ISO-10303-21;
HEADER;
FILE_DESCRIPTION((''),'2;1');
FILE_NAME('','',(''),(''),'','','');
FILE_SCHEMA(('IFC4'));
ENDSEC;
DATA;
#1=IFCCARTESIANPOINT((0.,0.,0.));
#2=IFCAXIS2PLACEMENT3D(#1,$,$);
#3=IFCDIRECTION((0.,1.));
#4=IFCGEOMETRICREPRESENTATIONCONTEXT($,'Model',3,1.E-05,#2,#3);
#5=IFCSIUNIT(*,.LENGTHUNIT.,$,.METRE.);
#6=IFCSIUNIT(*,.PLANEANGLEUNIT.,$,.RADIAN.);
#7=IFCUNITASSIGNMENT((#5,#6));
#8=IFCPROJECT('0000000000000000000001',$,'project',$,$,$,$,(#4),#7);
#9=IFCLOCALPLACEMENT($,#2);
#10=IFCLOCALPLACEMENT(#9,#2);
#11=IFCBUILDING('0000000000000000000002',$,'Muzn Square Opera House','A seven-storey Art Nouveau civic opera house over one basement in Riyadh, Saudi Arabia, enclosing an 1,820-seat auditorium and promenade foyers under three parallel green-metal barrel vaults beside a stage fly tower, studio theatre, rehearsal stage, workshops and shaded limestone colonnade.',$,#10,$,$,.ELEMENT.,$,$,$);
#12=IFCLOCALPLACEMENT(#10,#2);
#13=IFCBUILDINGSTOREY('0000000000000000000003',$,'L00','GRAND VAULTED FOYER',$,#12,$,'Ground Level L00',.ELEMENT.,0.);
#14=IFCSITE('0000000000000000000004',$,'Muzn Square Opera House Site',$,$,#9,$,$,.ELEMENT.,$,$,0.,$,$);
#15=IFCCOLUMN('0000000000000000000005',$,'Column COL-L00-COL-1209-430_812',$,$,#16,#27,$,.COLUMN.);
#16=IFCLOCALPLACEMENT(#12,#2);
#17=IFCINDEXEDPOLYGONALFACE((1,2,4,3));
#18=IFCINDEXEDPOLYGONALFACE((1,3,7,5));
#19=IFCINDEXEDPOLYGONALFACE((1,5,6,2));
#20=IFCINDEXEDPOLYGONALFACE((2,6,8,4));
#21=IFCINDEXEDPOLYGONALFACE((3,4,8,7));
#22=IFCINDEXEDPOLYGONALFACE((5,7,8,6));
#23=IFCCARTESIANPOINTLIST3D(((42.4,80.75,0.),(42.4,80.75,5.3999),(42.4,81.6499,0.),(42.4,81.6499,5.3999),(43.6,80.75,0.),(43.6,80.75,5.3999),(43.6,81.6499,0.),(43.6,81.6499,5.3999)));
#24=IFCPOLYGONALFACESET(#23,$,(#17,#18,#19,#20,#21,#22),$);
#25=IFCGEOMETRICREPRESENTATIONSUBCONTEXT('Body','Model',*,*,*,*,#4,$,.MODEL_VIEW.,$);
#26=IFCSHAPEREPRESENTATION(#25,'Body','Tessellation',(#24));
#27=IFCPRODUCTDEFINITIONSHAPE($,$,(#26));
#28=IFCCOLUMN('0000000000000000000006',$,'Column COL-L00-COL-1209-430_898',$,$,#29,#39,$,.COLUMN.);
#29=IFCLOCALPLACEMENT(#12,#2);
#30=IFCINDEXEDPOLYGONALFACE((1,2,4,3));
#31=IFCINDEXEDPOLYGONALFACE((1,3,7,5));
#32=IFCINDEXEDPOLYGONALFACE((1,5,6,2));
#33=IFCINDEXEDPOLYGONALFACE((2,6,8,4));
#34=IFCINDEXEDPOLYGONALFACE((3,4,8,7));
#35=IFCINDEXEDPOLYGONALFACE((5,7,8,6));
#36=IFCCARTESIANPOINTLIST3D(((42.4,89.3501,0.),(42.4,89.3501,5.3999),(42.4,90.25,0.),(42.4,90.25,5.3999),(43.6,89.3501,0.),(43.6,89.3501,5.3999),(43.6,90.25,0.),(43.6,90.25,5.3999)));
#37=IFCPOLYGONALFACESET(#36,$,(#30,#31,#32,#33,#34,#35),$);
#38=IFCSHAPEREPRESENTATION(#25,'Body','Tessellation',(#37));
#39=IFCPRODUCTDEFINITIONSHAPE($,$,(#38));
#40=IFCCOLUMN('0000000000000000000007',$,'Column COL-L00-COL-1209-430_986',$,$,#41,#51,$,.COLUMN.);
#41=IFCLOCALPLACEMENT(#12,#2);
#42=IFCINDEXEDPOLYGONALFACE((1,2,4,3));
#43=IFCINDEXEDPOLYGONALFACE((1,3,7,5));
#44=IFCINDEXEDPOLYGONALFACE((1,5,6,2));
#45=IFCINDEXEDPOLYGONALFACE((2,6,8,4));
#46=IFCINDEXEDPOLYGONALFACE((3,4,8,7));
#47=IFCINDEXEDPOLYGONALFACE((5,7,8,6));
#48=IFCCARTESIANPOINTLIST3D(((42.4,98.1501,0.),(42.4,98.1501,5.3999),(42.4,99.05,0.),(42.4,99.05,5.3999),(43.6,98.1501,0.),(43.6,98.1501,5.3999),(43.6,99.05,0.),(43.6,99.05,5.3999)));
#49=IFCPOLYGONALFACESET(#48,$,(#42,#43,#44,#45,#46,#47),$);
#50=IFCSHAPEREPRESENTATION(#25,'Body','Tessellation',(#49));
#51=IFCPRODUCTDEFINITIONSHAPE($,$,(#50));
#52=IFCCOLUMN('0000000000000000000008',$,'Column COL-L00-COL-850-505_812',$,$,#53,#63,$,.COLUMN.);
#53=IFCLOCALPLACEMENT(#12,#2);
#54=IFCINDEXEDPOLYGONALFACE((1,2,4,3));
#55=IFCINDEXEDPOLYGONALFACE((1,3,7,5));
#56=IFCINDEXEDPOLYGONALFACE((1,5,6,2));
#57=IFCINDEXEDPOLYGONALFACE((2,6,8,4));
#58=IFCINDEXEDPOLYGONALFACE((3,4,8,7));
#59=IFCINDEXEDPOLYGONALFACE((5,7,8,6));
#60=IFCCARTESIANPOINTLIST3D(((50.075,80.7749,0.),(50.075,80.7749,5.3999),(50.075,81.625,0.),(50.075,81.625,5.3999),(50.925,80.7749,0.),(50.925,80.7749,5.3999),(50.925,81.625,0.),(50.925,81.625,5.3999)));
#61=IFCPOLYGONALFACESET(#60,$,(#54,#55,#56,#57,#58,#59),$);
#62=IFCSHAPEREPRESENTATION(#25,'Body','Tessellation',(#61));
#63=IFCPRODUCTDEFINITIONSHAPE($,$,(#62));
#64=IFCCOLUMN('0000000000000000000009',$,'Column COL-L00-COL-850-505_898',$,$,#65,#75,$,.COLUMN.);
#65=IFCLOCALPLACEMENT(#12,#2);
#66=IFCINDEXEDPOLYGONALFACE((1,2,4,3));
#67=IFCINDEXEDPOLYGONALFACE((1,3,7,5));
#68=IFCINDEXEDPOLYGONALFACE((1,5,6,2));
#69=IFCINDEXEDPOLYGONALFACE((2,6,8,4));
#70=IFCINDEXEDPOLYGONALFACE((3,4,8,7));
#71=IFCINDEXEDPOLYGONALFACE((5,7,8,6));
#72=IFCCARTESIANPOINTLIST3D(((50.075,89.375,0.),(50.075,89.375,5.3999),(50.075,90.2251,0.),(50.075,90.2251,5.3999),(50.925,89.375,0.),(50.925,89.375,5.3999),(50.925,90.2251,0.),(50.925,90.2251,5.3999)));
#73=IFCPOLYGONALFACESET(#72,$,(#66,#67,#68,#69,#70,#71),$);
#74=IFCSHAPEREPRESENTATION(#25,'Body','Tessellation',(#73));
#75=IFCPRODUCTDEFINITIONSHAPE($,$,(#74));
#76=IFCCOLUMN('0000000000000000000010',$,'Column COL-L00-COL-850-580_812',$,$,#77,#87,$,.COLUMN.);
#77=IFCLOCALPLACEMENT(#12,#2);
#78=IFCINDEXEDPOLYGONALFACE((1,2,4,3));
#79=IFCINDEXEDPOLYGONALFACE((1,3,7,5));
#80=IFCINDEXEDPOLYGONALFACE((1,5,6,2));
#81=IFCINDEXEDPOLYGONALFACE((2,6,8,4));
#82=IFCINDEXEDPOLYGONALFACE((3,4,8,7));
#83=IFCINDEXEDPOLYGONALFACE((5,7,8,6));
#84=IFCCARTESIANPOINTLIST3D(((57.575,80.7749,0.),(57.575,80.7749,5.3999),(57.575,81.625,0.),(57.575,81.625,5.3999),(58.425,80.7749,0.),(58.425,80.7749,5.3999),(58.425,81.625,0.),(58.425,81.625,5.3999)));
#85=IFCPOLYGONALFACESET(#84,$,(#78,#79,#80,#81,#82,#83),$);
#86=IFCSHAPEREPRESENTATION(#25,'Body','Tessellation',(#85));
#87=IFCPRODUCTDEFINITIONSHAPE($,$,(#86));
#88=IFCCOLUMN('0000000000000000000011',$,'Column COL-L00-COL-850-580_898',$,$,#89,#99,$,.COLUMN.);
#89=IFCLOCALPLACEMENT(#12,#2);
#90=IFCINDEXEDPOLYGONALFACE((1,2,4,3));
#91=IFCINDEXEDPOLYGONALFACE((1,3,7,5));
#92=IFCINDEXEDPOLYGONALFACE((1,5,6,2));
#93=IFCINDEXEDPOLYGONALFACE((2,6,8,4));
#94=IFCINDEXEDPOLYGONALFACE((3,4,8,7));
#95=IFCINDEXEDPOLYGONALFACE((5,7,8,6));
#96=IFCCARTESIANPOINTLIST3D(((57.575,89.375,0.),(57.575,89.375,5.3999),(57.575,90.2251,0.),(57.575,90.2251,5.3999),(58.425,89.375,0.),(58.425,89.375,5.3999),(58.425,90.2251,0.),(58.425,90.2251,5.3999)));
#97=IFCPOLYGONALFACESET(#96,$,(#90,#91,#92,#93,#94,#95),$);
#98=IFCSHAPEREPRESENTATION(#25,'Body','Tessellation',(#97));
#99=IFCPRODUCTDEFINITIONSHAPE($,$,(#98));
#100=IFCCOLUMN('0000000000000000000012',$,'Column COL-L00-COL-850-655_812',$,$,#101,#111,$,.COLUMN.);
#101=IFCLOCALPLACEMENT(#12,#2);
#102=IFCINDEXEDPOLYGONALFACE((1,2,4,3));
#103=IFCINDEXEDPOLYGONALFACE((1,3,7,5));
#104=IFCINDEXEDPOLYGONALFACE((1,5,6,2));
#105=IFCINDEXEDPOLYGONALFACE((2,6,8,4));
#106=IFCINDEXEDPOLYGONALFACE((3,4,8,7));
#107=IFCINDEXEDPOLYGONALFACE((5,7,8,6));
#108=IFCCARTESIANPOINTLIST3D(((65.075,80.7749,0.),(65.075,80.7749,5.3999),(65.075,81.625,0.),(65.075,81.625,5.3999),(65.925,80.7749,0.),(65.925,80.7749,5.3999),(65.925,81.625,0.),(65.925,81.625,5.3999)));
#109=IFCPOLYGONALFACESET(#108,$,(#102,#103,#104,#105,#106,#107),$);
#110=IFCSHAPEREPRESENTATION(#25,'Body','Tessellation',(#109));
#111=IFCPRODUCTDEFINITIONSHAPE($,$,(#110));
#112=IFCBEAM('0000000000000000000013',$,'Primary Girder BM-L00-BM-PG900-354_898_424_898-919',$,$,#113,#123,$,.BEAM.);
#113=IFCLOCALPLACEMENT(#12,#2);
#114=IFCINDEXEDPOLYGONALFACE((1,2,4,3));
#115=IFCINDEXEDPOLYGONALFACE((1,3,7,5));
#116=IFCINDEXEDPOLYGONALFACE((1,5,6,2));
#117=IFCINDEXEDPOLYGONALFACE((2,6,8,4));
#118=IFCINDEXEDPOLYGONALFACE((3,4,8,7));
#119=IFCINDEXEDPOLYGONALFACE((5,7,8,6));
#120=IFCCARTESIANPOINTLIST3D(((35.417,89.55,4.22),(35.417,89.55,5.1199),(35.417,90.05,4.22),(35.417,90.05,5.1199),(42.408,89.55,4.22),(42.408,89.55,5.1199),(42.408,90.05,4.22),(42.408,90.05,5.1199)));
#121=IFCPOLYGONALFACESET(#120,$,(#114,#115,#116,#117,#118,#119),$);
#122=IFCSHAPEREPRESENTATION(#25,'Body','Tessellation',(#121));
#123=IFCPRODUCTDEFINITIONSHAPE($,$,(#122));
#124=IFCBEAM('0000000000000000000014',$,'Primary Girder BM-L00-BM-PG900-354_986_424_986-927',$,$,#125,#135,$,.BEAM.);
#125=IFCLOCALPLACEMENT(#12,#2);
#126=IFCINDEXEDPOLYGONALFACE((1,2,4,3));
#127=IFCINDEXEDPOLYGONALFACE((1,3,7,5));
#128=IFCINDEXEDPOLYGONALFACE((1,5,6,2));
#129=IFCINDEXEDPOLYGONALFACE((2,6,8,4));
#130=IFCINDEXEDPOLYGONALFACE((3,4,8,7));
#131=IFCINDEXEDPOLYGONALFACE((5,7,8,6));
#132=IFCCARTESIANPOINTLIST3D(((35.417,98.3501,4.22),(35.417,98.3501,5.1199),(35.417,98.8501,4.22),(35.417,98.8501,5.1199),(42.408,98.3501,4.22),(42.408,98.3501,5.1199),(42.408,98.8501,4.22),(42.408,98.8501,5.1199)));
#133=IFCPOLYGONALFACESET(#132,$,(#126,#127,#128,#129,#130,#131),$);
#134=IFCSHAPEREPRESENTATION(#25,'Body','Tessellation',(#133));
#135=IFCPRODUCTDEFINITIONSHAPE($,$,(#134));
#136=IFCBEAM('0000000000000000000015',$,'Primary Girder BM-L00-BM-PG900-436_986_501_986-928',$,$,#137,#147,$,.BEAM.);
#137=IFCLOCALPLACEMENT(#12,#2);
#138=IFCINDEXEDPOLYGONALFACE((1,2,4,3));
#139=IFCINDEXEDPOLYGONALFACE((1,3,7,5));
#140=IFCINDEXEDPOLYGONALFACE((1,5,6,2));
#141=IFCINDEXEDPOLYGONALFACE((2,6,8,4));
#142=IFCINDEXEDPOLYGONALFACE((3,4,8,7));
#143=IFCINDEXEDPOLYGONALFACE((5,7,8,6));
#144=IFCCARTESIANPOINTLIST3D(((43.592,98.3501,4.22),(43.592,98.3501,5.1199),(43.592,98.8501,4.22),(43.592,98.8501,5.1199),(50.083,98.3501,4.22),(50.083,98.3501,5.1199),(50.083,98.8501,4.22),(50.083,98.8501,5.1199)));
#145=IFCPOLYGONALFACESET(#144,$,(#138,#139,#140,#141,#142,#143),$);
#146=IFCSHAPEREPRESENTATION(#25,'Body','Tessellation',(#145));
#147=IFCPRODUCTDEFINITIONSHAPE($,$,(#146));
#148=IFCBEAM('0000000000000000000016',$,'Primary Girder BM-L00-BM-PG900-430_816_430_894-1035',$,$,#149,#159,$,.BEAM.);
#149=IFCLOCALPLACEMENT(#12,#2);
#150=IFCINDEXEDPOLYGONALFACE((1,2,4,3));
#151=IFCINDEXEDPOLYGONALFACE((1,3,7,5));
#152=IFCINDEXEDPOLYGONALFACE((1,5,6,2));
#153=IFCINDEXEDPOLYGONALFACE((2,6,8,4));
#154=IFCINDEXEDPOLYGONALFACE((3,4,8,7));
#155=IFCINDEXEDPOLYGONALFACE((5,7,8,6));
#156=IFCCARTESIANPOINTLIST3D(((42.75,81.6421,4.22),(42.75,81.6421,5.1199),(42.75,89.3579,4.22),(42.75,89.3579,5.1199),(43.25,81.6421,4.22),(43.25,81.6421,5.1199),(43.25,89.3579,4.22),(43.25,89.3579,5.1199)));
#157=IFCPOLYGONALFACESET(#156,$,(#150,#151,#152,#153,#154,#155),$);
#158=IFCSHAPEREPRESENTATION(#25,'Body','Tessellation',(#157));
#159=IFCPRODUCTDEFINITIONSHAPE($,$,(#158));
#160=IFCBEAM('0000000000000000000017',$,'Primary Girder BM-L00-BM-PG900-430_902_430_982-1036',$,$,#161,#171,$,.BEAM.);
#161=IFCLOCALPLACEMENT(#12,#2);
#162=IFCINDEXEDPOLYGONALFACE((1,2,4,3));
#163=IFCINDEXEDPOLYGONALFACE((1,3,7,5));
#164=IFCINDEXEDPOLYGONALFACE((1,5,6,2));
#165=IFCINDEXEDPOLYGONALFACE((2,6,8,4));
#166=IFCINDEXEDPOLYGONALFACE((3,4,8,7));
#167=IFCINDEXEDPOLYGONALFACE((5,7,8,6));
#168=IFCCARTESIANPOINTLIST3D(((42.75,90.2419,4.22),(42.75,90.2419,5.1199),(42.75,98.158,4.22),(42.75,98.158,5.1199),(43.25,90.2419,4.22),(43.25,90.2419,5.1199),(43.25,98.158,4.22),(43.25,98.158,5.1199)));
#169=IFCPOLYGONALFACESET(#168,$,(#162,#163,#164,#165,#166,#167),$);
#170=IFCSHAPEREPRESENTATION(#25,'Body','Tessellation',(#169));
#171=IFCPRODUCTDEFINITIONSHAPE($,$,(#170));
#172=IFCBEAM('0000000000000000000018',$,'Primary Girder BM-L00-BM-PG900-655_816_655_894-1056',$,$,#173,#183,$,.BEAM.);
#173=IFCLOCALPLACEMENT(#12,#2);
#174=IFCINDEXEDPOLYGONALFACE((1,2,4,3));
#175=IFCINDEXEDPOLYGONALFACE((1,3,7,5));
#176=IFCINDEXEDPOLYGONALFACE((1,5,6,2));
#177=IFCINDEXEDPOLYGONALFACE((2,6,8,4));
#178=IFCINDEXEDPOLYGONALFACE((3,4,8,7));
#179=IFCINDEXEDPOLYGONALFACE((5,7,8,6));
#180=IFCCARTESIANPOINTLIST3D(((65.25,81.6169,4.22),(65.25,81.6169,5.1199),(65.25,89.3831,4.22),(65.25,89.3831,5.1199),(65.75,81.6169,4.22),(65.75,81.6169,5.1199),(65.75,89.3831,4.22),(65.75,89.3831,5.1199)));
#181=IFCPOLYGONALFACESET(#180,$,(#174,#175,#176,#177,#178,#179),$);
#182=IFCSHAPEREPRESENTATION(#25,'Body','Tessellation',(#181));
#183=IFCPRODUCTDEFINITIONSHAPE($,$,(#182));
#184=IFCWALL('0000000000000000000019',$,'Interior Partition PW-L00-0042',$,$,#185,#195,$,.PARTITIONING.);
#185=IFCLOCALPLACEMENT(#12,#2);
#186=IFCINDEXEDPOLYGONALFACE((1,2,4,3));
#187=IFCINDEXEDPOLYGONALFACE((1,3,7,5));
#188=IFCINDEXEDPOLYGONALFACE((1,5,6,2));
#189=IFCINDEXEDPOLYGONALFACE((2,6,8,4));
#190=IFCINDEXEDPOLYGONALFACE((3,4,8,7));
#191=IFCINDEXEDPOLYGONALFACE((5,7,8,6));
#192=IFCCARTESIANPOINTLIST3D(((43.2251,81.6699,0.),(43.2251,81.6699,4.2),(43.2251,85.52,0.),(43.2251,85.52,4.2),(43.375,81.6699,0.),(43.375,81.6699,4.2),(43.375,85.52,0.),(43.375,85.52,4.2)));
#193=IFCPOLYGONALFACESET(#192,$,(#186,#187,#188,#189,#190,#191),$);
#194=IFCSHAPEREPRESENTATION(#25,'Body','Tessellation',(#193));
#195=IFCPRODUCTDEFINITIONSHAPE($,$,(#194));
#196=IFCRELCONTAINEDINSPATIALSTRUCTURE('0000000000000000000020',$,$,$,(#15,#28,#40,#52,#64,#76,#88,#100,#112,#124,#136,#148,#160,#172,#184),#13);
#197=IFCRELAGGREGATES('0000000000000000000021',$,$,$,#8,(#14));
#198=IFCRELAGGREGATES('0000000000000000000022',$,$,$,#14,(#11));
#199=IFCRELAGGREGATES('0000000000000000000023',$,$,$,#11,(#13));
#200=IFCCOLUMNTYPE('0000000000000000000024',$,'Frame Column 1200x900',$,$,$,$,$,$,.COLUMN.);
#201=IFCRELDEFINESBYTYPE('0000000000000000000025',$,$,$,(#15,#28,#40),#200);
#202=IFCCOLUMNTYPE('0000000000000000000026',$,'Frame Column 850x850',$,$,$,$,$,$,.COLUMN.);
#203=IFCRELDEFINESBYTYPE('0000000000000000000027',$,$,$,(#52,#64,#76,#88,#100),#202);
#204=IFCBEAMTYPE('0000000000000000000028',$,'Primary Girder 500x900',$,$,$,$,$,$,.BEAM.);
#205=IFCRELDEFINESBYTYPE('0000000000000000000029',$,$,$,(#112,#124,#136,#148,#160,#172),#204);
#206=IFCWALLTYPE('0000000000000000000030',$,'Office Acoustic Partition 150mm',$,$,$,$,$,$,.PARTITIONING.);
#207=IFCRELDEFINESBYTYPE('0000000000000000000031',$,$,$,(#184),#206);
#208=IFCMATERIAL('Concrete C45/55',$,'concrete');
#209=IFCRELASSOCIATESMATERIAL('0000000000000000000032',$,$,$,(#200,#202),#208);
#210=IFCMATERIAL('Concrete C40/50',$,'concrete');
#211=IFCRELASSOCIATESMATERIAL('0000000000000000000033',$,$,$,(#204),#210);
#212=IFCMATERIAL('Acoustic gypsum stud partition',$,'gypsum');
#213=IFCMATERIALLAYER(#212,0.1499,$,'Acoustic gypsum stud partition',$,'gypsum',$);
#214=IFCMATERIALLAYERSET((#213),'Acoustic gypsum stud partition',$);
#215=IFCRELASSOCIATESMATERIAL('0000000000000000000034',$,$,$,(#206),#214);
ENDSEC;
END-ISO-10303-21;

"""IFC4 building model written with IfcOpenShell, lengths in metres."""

from ifc_helpers import new_model, si_unit, direction, frame, frame_2d, origin, origin_2d, place, context, subcontext, project, spatial, rectangle, extrude, material, layer, layer_set, material_profile, profile_set, type_object, element, save


model = new_model("IFC4")

# Units and contexts
model_context = context("Model", 3, precision=1e-05, world=origin(), true_north=direction((0.0, 1.0)))
body_context = subcontext(model_context, "Body", "Model", "MODEL_VIEW")
ifc_project = project(units=[si_unit("LENGTHUNIT", "METRE"), si_unit("PLANEANGLEUNIT", "RADIAN")], contexts=[model_context])

# Site, building, storey
site_placement = place(None, origin())
site = spatial("IfcSite", under=ifc_project, at=site_placement, Name="Muzn Square Opera House Site", CompositionType="ELEMENT", RefElevation=0.0)
building_placement = place(site_placement, origin())
building = spatial("IfcBuilding", under=site, at=building_placement, Name="Muzn Square Opera House", Description="A seven-storey Art Nouveau civic opera house over one basement in Riyadh, Saudi Arabia, enclosing an 1,820-seat auditorium and promenade foyers under three parallel green-metal barrel vaults beside a stage fly tower, studio theatre, rehearsal stage, workshops and shaded limestone colonnade.", CompositionType="ELEMENT")
storey_placement = place(building_placement, origin())
storey = spatial("IfcBuildingStorey", under=building, at=storey_placement, Name="L00", Description="GRAND VAULTED FOYER", LongName="Ground Level L00", CompositionType="ELEMENT", Elevation=0.0)

# Columns
ifc_material_1 = material(Name="Concrete C45/55", Category="concrete")
ifc_material_profile_1 = material_profile(ifc_material_1, rectangle(XDim=1.2, YDim=0.8999, at=origin_2d()), Name="RC 1200x900", Category="concrete")
ifc_profile_set_1 = profile_set([ifc_material_profile_1], Name="Concrete C45/55")
column_type_1 = type_object("IfcColumnType", Name="Frame Column 1200x900", PredefinedType="COLUMN", material=ifc_profile_set_1)
for number, where, z_axis, x_axis, name in (
    (1, (43.0, 81.2, 0.0), (0.0, 0.0, 1.0), (1.0, 0.0, 0.0), "Column COL-L00-COL-1209-430_812"),
    (2, (43.0, 89.8, 0.0), (0.0, 0.0, 1.0), (1.0, 0.0, 0.0), "Column COL-L00-COL-1209-430_898"),
    (3, (43.0, 98.6001, 0.0), (0.0, 0.0, 1.0), (1.0, 0.0, 0.0), "Column COL-L00-COL-1209-430_986"),
):
    element("IfcColumn", number, at=place(storey_placement, frame(where, z_axis=z_axis, x_axis=x_axis)), inside=storey, type_object=column_type_1, Name=name, PredefinedType="COLUMN", context=body_context, shape_type="SweptSolid", body=[
        extrude(rectangle(XDim=1.2, YDim=0.8999, at=origin_2d()), origin(), (0.0, 0.0, 1.0), 5.3999),
    ])
ifc_material_profile_2 = material_profile(ifc_material_1, rectangle(XDim=0.8501, YDim=0.8501, at=origin_2d()), Name="RC 850x850", Category="concrete")
ifc_profile_set_2 = profile_set([ifc_material_profile_2], Name="Concrete C45/55")
column_type_2 = type_object("IfcColumnType", Name="Frame Column 850x850", PredefinedType="COLUMN", material=ifc_profile_set_2)
for number, where, z_axis, x_axis, name in (
    (4, (50.5, 81.2, 0.0), (0.0, 0.0, 1.0), (1.0, 0.0, 0.0), "Column COL-L00-COL-850-505_812"),
    (5, (50.5, 89.8, 0.0), (0.0, 0.0, 1.0), (1.0, 0.0, 0.0), "Column COL-L00-COL-850-505_898"),
    (6, (58.0, 81.2, 0.0), (0.0, 0.0, 1.0), (1.0, 0.0, 0.0), "Column COL-L00-COL-850-580_812"),
    (7, (58.0, 89.8, 0.0), (0.0, 0.0, 1.0), (1.0, 0.0, 0.0), "Column COL-L00-COL-850-580_898"),
    (8, (65.5, 81.2, 0.0), (0.0, 0.0, 1.0), (1.0, 0.0, 0.0), "Column COL-L00-COL-850-655_812"),
):
    element("IfcColumn", number, at=place(storey_placement, frame(where, z_axis=z_axis, x_axis=x_axis)), inside=storey, type_object=column_type_2, Name=name, PredefinedType="COLUMN", context=body_context, shape_type="SweptSolid", body=[
        extrude(rectangle(XDim=0.8501, YDim=0.8501, at=origin_2d()), origin(), (0.0, 0.0, 1.0), 5.3999),
    ])

# Beams
ifc_material_2 = material(Name="Concrete C40/50", Category="concrete")
ifc_material_profile_3 = material_profile(ifc_material_2, rectangle(XDim=0.5, YDim=0.8999, at=origin_2d()), Name="RCB 500x900", Category="concrete")
ifc_profile_set_3 = profile_set([ifc_material_profile_3], Name="Concrete C40/50")
beam_type = type_object("IfcBeamType", Name="Primary Girder 500x900", PredefinedType="BEAM", material=ifc_profile_set_3)
for number, where, z_axis, x_axis, name in (
    (9, (35.417, 89.8, 4.6699), (1.0, 0.0, 0.0), (0.0, 1.0, 0.0), "Primary Girder BM-L00-BM-PG900-354_898_424_898-919"),
    (10, (35.417, 98.6001, 4.6699), (1.0, 0.0, 0.0), (0.0, 1.0, 0.0), "Primary Girder BM-L00-BM-PG900-354_986_424_986-927"),
):
    element("IfcBeam", number, at=place(storey_placement, frame(where, z_axis=z_axis, x_axis=x_axis)), inside=storey, type_object=beam_type, Name=name, PredefinedType="BEAM", context=body_context, shape_type="SweptSolid", body=[
        extrude(rectangle(XDim=0.5, YDim=0.8999, at=origin_2d()), origin(), (0.0, 0.0, 1.0), 6.991),
    ])
beam_1_placement = place(storey_placement, frame((43.592, 98.6001, 4.6699), z_axis=(1.0, 0.0, 0.0), x_axis=(0.0, 1.0, 0.0)))
element("IfcBeam", 11, at=beam_1_placement, inside=storey, type_object=beam_type, Name="Primary Girder BM-L00-BM-PG900-436_986_501_986-928", PredefinedType="BEAM", context=body_context, shape_type="SweptSolid", body=[
    extrude(rectangle(XDim=0.5, YDim=0.8999, at=origin_2d()), origin(), (0.0, 0.0, 1.0), 6.491),
])
beam_2_placement = place(storey_placement, frame((43.0, 81.6421, 4.6699), z_axis=(0.0, 1.0, 0.0), x_axis=(-1.0, 0.0, 0.0)))
element("IfcBeam", 12, at=beam_2_placement, inside=storey, type_object=beam_type, Name="Primary Girder BM-L00-BM-PG900-430_816_430_894-1035", PredefinedType="BEAM", context=body_context, shape_type="SweptSolid", body=[
    extrude(rectangle(XDim=0.5, YDim=0.8999, at=origin_2d()), origin(), (0.0, 0.0, 1.0), 7.7158),
])
beam_3_placement = place(storey_placement, frame((43.0, 90.2419, 4.6699), z_axis=(0.0, 1.0, 0.0), x_axis=(-1.0, 0.0, 0.0)))
element("IfcBeam", 13, at=beam_3_placement, inside=storey, type_object=beam_type, Name="Primary Girder BM-L00-BM-PG900-430_902_430_982-1036", PredefinedType="BEAM", context=body_context, shape_type="SweptSolid", body=[
    extrude(rectangle(XDim=0.5, YDim=0.8999, at=origin_2d()), origin(), (0.0, 0.0, 1.0), 7.916),
])
beam_4_placement = place(storey_placement, frame((65.5, 81.6169, 4.6699), z_axis=(0.0, 1.0, 0.0), x_axis=(-1.0, 0.0, 0.0)))
element("IfcBeam", 14, at=beam_4_placement, inside=storey, type_object=beam_type, Name="Primary Girder BM-L00-BM-PG900-655_816_655_894-1056", PredefinedType="BEAM", context=body_context, shape_type="SweptSolid", body=[
    extrude(rectangle(XDim=0.5, YDim=0.8999, at=origin_2d()), origin(), (0.0, 0.0, 1.0), 7.7661),
])

# Wall
ifc_material_3 = material(Name="Acoustic gypsum stud partition", Category="gypsum")
ifc_layer_1 = layer(ifc_material_3, 0.1499, Name="Acoustic gypsum stud partition", Category="gypsum")
ifc_layer_set_1 = layer_set([ifc_layer_1], Name="Acoustic gypsum stud partition")
wall_type_1 = type_object("IfcWallType", Name="Office Acoustic Partition 150mm", PredefinedType="PARTITIONING", material=ifc_layer_set_1)
wall_1_placement = place(storey_placement, frame((43.3, 81.6699, 0.0), z_axis=(0.0, 0.0, 1.0), x_axis=(0.0, 1.0, 0.0)))
element("IfcWall", 15, at=wall_1_placement, inside=storey, type_object=wall_type_1, Name="Interior Partition PW-L00-0042", PredefinedType="PARTITIONING", context=body_context, shape_type="SweptSolid", body=[
    extrude(rectangle(XDim=3.8501, YDim=0.1499, at=frame_2d((1.925, 0.0))), origin(), (0.0, 0.0, 1.0), 4.2),
])

save(model, "model.ifc")
